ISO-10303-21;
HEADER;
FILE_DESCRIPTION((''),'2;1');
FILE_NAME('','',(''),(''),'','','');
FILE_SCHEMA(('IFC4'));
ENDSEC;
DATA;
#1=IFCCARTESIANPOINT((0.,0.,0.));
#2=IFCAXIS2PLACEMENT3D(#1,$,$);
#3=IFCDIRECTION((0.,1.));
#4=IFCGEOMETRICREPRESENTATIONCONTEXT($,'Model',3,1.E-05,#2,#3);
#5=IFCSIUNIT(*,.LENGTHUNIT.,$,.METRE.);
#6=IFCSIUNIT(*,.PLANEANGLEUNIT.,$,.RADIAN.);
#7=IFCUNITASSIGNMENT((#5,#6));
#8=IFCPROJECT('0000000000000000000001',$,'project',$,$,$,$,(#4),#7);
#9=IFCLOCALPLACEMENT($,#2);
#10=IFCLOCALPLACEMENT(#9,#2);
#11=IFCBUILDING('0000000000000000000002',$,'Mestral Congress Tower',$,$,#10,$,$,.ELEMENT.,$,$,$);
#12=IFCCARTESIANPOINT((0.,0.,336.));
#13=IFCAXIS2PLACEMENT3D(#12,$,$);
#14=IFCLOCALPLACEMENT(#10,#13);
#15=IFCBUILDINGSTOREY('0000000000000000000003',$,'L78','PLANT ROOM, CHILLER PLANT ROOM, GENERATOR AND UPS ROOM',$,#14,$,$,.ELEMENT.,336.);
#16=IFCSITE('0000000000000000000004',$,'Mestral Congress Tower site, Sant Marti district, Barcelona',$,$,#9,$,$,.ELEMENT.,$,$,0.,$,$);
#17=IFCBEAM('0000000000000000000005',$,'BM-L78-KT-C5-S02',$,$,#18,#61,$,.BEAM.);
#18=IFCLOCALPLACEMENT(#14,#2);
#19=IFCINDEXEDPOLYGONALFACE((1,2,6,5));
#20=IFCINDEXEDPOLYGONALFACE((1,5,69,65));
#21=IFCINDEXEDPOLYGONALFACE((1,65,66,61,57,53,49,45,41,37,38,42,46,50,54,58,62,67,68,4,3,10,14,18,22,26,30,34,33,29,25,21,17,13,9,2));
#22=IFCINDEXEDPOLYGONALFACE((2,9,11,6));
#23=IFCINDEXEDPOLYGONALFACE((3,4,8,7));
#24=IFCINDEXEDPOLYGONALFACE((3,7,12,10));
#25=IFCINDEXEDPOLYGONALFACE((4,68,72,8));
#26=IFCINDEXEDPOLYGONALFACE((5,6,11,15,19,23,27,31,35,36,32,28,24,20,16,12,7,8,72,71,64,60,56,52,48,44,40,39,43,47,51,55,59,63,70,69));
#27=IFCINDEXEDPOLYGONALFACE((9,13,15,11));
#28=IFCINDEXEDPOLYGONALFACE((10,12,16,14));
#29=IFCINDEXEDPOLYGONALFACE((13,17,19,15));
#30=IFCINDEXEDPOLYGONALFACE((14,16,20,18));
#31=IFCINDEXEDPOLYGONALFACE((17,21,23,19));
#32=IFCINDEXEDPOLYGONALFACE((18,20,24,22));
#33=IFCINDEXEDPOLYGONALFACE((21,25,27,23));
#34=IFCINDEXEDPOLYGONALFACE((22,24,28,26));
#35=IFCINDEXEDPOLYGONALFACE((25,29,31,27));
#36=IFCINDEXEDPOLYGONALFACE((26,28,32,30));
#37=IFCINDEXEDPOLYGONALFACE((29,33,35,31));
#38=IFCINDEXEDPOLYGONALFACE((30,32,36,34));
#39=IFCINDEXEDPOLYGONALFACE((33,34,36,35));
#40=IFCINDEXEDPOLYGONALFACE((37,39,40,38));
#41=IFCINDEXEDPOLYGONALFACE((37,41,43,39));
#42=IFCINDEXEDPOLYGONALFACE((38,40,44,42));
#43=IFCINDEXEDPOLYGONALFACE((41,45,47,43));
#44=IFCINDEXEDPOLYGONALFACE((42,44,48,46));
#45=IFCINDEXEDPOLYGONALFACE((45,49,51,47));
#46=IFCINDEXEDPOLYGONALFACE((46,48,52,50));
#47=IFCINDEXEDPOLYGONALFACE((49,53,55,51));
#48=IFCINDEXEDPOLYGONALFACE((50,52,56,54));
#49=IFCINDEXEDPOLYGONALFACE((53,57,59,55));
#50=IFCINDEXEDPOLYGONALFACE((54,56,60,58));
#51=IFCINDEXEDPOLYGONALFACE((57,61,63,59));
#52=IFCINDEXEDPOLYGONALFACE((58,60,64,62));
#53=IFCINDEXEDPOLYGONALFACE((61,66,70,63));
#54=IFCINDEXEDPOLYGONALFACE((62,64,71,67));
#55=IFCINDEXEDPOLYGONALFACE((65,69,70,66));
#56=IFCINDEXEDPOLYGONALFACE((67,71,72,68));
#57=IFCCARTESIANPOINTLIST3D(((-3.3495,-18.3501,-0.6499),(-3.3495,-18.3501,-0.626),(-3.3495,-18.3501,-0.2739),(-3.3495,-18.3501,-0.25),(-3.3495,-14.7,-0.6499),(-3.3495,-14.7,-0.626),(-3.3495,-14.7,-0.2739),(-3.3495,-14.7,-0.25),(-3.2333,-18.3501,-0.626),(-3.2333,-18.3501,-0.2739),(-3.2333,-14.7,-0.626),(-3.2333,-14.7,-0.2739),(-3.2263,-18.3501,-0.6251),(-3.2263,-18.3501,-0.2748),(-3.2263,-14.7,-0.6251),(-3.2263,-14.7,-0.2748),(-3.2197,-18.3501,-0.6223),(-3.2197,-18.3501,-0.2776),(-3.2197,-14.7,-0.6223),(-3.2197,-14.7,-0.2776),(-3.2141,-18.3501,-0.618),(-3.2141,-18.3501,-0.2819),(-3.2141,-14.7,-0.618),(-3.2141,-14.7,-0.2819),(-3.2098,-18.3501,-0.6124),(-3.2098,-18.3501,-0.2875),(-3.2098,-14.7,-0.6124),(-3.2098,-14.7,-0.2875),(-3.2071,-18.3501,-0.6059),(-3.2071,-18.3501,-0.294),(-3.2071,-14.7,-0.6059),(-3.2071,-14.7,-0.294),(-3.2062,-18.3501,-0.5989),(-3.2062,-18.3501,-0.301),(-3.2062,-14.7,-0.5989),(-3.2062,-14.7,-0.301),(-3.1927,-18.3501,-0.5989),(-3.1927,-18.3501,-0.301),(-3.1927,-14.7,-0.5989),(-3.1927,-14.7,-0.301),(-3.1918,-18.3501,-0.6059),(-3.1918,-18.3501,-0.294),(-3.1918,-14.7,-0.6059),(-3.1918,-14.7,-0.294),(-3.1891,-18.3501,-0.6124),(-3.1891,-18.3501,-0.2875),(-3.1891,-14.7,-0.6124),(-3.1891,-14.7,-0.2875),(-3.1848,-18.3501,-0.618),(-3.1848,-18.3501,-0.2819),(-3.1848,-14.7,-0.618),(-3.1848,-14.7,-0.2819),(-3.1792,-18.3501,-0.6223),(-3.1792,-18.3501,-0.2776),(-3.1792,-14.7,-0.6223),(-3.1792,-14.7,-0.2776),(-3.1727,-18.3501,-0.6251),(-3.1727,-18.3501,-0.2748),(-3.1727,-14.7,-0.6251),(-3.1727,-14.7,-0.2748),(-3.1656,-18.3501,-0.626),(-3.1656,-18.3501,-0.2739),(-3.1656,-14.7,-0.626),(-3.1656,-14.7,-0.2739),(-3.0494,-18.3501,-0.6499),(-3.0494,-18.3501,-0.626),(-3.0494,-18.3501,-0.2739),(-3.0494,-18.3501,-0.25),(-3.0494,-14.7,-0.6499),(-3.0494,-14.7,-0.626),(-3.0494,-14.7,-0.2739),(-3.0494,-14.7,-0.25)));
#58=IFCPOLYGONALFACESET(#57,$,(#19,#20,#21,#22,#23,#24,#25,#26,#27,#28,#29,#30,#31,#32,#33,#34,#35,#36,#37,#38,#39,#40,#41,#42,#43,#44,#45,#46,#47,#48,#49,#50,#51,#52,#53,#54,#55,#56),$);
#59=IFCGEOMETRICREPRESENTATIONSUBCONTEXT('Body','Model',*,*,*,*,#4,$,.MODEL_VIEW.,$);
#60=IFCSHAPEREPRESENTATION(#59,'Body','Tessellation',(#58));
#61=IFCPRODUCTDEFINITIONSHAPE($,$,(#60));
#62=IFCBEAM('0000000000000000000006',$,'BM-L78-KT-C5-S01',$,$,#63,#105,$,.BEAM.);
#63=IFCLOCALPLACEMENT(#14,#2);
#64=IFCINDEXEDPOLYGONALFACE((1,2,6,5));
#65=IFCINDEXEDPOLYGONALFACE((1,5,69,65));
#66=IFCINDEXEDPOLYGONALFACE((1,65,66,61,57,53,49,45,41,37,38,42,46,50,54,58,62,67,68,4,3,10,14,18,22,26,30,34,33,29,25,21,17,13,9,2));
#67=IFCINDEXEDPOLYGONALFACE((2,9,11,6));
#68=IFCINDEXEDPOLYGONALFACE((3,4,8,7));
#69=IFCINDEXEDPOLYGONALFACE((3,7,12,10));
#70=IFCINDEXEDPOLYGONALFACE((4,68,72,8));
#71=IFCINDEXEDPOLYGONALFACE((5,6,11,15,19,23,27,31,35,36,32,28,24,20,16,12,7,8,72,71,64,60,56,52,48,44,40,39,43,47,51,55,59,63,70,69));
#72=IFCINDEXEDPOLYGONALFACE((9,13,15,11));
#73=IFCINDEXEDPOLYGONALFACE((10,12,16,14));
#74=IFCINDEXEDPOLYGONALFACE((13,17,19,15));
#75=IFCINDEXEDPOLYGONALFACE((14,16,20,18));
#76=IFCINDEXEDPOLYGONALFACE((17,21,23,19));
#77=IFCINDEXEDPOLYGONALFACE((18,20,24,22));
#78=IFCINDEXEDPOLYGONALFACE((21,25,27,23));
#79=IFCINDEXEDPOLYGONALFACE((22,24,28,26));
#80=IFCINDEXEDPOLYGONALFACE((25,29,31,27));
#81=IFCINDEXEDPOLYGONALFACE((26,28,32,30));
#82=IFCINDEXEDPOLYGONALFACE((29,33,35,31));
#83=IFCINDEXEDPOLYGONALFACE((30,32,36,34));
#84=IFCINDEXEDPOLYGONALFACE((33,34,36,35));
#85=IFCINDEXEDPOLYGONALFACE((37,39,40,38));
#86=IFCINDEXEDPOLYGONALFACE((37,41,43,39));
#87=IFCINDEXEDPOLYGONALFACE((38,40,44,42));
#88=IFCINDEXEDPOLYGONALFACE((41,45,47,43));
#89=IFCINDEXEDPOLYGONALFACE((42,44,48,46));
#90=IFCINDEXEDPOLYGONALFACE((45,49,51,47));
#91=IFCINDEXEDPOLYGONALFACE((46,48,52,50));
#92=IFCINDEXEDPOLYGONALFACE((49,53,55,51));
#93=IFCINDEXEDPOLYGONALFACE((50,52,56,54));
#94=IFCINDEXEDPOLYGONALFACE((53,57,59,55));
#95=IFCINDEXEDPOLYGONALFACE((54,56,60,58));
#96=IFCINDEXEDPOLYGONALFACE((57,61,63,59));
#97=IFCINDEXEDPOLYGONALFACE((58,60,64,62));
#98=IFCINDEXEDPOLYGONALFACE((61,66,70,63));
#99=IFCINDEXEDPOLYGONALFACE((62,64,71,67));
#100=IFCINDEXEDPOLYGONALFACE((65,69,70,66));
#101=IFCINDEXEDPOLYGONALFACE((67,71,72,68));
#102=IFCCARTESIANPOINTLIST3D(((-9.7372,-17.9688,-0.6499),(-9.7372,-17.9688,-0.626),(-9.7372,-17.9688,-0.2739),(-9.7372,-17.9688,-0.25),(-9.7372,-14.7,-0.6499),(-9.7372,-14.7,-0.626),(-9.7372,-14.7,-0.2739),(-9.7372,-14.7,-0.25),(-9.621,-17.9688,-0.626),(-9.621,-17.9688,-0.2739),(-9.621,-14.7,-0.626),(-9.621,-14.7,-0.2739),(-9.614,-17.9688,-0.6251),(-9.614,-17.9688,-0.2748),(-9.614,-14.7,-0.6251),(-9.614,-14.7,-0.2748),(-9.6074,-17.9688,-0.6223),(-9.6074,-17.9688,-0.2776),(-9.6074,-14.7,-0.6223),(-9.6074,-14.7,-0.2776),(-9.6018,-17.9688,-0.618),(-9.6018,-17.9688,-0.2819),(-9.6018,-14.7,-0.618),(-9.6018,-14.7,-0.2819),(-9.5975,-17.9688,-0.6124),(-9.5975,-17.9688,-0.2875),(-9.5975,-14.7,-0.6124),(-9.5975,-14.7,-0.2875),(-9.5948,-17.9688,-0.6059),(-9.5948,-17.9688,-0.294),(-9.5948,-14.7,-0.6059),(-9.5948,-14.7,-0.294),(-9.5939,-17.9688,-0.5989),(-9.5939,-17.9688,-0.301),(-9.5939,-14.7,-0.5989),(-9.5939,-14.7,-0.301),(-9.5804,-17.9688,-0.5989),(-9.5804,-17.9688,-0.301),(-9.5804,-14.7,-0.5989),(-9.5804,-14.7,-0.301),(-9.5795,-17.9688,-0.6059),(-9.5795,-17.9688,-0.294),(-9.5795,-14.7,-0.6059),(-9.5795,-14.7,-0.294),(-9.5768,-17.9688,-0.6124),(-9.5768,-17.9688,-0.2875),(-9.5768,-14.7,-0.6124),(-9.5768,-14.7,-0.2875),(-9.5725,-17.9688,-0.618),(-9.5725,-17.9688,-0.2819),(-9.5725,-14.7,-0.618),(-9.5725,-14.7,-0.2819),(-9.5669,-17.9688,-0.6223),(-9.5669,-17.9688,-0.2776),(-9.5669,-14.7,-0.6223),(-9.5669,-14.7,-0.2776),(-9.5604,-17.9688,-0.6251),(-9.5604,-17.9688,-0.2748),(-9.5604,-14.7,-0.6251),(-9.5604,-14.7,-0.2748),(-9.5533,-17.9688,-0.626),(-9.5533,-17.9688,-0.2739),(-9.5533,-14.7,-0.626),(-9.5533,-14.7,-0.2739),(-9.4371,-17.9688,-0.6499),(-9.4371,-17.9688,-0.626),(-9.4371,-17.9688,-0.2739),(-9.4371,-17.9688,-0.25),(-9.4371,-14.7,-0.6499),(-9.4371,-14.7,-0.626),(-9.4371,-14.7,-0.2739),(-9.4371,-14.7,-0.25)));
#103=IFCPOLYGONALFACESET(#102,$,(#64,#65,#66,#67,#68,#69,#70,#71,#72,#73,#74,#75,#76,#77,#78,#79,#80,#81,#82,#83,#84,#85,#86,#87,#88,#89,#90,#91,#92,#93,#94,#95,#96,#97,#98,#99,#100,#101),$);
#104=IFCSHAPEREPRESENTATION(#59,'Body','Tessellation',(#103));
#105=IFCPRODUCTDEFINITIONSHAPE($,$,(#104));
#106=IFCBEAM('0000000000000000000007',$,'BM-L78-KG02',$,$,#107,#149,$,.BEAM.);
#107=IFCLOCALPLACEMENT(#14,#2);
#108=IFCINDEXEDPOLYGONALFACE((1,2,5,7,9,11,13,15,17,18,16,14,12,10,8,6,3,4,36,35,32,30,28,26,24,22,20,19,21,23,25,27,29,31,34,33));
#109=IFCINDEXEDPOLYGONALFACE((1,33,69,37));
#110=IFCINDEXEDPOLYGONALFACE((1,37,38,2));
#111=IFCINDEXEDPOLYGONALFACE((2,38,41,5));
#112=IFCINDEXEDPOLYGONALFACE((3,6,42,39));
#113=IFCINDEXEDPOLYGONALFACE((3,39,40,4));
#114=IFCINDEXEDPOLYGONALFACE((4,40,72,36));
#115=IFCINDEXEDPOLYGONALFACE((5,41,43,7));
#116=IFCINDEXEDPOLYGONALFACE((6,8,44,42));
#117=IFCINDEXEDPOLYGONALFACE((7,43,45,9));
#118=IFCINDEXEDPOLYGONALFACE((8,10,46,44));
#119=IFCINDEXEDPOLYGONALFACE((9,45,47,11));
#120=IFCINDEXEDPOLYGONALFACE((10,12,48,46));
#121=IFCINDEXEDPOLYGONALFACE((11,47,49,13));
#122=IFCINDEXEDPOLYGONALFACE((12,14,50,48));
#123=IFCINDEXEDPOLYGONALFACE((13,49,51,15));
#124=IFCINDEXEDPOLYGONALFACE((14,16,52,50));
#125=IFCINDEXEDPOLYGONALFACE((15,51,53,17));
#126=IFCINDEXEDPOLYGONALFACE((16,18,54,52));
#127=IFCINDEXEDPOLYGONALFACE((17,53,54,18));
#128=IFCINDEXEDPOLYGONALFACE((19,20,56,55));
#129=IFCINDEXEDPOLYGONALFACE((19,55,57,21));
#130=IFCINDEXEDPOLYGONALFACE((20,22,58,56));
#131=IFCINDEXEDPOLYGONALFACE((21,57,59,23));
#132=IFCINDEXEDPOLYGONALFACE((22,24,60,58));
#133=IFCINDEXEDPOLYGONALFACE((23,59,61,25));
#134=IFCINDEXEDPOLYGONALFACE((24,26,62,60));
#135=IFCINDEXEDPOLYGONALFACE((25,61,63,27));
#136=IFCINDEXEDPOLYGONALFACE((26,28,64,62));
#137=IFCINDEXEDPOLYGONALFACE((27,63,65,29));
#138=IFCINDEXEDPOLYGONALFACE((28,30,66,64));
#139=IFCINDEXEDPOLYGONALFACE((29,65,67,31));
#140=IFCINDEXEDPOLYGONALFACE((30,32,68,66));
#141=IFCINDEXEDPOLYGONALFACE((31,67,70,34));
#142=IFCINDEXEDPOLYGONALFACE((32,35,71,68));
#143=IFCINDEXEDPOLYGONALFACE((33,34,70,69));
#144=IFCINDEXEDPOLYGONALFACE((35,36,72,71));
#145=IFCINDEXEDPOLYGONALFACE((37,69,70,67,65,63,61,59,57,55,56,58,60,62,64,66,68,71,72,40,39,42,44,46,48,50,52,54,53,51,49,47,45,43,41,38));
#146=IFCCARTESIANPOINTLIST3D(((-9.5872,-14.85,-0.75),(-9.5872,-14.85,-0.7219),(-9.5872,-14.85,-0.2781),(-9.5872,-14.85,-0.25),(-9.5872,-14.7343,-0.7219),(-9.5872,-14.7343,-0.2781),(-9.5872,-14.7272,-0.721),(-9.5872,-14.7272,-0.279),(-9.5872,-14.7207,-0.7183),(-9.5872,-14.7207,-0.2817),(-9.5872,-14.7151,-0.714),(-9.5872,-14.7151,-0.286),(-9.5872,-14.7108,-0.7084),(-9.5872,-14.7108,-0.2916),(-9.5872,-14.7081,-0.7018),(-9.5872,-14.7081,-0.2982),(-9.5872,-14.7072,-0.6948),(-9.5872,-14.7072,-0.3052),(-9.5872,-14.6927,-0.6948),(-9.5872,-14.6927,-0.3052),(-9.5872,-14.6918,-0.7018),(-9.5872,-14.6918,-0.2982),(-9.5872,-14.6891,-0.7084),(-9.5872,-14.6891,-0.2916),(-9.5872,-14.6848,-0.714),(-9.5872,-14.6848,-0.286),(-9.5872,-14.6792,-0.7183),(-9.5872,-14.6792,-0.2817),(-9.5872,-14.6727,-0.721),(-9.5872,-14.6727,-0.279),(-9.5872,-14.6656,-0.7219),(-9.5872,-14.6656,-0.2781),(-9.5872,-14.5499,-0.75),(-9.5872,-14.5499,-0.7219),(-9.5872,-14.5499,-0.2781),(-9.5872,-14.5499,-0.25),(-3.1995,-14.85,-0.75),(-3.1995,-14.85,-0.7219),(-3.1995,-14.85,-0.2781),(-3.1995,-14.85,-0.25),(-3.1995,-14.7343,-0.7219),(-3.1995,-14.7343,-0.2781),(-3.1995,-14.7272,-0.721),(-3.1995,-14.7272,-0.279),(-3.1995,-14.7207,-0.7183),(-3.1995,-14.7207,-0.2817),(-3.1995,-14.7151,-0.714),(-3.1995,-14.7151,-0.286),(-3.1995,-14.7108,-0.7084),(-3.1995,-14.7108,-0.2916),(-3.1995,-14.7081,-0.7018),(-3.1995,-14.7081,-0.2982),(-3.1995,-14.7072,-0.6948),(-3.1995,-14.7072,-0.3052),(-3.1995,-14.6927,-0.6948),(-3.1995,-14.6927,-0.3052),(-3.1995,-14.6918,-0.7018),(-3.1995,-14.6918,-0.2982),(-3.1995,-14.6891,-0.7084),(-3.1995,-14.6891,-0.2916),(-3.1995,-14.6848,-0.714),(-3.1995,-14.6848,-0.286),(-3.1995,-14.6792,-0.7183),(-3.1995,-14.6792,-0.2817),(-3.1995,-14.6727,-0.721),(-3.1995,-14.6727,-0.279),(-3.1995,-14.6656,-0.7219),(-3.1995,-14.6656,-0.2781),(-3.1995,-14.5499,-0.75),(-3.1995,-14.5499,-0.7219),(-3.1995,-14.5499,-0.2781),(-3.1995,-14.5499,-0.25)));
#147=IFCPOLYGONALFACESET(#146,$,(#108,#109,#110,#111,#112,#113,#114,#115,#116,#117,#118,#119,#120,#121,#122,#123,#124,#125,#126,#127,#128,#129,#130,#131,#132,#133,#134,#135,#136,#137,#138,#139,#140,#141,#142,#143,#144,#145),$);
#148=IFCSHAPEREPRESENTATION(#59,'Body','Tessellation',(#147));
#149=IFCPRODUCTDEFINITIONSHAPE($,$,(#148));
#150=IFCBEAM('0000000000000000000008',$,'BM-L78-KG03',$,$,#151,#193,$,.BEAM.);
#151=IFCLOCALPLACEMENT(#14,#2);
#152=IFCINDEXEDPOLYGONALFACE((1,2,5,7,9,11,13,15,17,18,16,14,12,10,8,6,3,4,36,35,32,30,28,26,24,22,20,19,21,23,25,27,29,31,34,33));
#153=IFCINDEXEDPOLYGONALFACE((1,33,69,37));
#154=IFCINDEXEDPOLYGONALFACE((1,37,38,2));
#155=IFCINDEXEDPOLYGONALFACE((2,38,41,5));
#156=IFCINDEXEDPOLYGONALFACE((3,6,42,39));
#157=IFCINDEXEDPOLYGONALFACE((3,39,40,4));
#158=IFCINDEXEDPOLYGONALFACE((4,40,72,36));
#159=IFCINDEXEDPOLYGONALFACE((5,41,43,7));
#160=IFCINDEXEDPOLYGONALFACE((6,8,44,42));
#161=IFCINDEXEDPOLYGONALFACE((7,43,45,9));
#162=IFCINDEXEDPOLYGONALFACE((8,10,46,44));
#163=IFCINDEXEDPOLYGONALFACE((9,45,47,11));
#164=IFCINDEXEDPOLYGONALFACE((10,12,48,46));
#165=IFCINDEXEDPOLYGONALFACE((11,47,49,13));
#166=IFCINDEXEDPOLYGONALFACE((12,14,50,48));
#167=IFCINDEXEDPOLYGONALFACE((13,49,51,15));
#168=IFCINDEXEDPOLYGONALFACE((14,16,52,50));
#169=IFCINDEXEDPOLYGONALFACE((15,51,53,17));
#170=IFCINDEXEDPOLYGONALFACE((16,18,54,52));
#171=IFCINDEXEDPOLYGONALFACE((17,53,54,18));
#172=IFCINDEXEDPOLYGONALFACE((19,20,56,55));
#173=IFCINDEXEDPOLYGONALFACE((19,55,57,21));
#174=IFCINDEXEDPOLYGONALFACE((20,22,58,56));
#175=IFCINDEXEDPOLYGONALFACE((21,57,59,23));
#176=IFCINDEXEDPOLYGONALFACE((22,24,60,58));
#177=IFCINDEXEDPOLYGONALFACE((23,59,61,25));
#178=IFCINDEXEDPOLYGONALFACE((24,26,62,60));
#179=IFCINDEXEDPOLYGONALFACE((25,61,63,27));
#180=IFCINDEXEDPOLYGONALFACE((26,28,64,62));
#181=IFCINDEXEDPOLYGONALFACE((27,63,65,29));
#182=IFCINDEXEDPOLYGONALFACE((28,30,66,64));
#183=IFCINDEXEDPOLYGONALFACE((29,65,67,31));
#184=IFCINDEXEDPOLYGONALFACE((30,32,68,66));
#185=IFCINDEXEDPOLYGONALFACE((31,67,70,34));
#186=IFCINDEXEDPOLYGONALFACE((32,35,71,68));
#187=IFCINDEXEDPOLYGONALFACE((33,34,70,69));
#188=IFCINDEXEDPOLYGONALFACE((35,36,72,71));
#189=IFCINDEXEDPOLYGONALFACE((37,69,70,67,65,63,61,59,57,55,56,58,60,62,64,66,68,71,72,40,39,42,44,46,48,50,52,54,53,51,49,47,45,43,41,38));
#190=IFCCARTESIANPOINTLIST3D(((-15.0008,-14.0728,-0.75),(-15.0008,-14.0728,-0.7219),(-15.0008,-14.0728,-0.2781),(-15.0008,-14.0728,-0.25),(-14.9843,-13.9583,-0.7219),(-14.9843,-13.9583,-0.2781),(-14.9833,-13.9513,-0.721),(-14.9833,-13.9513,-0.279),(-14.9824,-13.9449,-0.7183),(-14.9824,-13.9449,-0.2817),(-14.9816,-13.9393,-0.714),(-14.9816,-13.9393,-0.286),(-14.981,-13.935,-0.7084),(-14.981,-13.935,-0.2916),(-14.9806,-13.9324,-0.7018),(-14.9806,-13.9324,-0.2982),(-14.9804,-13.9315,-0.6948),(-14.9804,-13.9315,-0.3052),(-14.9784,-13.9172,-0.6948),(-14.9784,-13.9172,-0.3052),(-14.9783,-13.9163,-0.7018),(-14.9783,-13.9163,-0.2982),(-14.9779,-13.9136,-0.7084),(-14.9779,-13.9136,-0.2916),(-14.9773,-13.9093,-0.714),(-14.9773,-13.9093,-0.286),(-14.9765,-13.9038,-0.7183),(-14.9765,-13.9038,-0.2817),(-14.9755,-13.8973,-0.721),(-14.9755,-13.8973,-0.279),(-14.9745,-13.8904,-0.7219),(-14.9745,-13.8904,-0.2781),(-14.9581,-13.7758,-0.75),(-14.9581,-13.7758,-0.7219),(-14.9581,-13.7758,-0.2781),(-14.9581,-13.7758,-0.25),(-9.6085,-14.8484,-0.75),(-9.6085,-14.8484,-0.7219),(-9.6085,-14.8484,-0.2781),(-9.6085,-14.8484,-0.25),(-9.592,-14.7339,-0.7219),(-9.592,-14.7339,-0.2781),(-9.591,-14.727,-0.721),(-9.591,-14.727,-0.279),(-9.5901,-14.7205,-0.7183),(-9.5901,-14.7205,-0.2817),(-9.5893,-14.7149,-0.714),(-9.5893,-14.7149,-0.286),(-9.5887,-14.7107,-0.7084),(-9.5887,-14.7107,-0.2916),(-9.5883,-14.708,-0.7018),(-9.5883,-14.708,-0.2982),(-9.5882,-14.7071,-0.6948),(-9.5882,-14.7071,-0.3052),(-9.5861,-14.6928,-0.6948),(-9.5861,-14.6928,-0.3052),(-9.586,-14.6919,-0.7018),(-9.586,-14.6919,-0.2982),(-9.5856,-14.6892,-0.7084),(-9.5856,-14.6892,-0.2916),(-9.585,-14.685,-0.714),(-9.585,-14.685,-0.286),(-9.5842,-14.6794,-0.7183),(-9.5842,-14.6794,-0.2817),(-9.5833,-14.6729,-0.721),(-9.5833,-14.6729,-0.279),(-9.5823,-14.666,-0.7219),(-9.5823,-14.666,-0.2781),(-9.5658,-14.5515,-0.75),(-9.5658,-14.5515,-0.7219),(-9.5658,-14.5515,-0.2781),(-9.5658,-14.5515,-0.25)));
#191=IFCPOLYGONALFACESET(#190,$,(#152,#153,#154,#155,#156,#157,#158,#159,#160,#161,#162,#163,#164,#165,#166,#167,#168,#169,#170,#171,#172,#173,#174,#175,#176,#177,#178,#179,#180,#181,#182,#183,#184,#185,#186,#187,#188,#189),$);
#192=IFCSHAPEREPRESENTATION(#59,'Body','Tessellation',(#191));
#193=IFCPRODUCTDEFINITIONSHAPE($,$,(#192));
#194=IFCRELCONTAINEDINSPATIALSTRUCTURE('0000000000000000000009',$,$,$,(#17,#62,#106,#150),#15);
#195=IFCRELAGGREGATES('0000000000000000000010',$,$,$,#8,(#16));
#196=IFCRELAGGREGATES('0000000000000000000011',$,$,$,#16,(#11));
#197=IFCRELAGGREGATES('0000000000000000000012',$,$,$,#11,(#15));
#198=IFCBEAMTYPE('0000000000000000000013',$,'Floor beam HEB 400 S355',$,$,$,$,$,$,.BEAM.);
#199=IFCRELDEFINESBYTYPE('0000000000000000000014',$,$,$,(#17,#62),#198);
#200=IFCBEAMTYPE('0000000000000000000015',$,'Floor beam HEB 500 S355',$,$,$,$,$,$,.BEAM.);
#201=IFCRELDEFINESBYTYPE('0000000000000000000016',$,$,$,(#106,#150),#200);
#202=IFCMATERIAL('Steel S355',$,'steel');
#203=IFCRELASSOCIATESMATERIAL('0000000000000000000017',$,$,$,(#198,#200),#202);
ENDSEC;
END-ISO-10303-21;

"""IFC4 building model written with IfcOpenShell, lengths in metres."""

from ifc_helpers import new_model, si_unit, direction, frame, origin, origin_2d, place, context, subcontext, project, spatial, i_section, extrude, material, material_profile, profile_set, type_object, element, save


model = new_model("IFC4")

# Units and contexts
model_context = context("Model", 3, precision=1e-05, world=origin(), true_north=direction((0.0, 1.0)))
body_context = subcontext(model_context, "Body", "Model", "MODEL_VIEW")
ifc_project = project(units=[si_unit("LENGTHUNIT", "METRE"), si_unit("PLANEANGLEUNIT", "RADIAN")], contexts=[model_context])

# Site, building, storey
site_placement = place(None, origin())
site = spatial("IfcSite", under=ifc_project, at=site_placement, Name="Mestral Congress Tower site, Sant Marti district, Barcelona", CompositionType="ELEMENT", RefElevation=0.0)
building_placement = place(site_placement, origin())
building = spatial("IfcBuilding", under=site, at=building_placement, Name="Mestral Congress Tower", CompositionType="ELEMENT")
storey_placement = place(building_placement, frame((0.0, 0.0, 336.0)))
storey = spatial("IfcBuildingStorey", under=building, at=storey_placement, Name="L78", Description="PLANT ROOM, CHILLER PLANT ROOM, GENERATOR AND UPS ROOM", CompositionType="ELEMENT", Elevation=336.0)

# Shared definitions
ifc_material_1 = material(Name="Steel S355", Category="steel")

# Beams
ifc_material_profile_1 = material_profile(ifc_material_1, i_section(OverallWidth=0.3, OverallDepth=0.3999, WebThickness=0.0134, FlangeThickness=0.0239, FilletRadius=0.0271, at=origin_2d()), Name="HEB 400")
ifc_profile_set_1 = profile_set([ifc_material_profile_1], Name="Steel S355")
beam_type_1 = type_object("IfcBeamType", Name="Floor beam HEB 400 S355", PredefinedType="BEAM", material=ifc_profile_set_1)
beam_1_placement = place(storey_placement, frame((-3.1995, -18.3501, -0.45), z_axis=(0.0, 1.0, 0.0), x_axis=(-1.0, 0.0, 0.0)))
element("IfcBeam", 1, at=beam_1_placement, inside=storey, type_object=beam_type_1, Name="BM-L78-KT-C5-S02", PredefinedType="BEAM", context=body_context, shape_type="SweptSolid", body=[
    extrude(i_section(OverallWidth=0.3, OverallDepth=0.3999, WebThickness=0.0134, FlangeThickness=0.0239, FilletRadius=0.0271, at=origin_2d()), origin(), (0.0, 0.0, 1.0), 3.6501),
])
beam_2_placement = place(storey_placement, frame((-9.5872, -17.9688, -0.45), z_axis=(0.0, 1.0, 0.0), x_axis=(-1.0, 0.0, 0.0)))
element("IfcBeam", 2, at=beam_2_placement, inside=storey, type_object=beam_type_1, Name="BM-L78-KT-C5-S01", PredefinedType="BEAM", context=body_context, shape_type="SweptSolid", body=[
    extrude(i_section(OverallWidth=0.3, OverallDepth=0.3999, WebThickness=0.0134, FlangeThickness=0.0239, FilletRadius=0.0271, at=origin_2d()), origin(), (0.0, 0.0, 1.0), 3.2688),
])
ifc_material_profile_2 = material_profile(ifc_material_1, i_section(OverallWidth=0.3, OverallDepth=0.5, WebThickness=0.0144, FlangeThickness=0.0281, FilletRadius=0.0271, at=origin_2d()), Name="HEB 500")
ifc_profile_set_2 = profile_set([ifc_material_profile_2], Name="Steel S355")
beam_type_2 = type_object("IfcBeamType", Name="Floor beam HEB 500 S355", PredefinedType="BEAM", material=ifc_profile_set_2)
beam_3_placement = place(storey_placement, frame((-3.1995, -14.7, -0.5), z_axis=(-1.0, 0.0, 0.0), x_axis=(0.0, -1.0, 0.0)))
element("IfcBeam", 3, at=beam_3_placement, inside=storey, type_object=beam_type_2, Name="BM-L78-KG02", PredefinedType="BEAM", context=body_context, shape_type="SweptSolid", body=[
    extrude(i_section(OverallWidth=0.3, OverallDepth=0.5, WebThickness=0.0144, FlangeThickness=0.0281, FilletRadius=0.0271, at=origin_2d()), origin(), (0.0, 0.0, 1.0), 6.3877),
])
beam_4_placement = place(storey_placement, frame((-9.5872, -14.7, -0.5), z_axis=(-0.989813, 0.142375, 0.0), x_axis=(-0.142375, -0.989813, 0.0)))
element("IfcBeam", 4, at=beam_4_placement, inside=storey, type_object=beam_type_2, Name="BM-L78-KG03", PredefinedType="BEAM", context=body_context, shape_type="SweptSolid", body=[
    extrude(i_section(OverallWidth=0.3, OverallDepth=0.5, WebThickness=0.0144, FlangeThickness=0.0281, FilletRadius=0.0271, at=origin_2d()), origin(), (0.0, 0.0, 1.0), 5.4478),
])

save(model, "model.ifc")
